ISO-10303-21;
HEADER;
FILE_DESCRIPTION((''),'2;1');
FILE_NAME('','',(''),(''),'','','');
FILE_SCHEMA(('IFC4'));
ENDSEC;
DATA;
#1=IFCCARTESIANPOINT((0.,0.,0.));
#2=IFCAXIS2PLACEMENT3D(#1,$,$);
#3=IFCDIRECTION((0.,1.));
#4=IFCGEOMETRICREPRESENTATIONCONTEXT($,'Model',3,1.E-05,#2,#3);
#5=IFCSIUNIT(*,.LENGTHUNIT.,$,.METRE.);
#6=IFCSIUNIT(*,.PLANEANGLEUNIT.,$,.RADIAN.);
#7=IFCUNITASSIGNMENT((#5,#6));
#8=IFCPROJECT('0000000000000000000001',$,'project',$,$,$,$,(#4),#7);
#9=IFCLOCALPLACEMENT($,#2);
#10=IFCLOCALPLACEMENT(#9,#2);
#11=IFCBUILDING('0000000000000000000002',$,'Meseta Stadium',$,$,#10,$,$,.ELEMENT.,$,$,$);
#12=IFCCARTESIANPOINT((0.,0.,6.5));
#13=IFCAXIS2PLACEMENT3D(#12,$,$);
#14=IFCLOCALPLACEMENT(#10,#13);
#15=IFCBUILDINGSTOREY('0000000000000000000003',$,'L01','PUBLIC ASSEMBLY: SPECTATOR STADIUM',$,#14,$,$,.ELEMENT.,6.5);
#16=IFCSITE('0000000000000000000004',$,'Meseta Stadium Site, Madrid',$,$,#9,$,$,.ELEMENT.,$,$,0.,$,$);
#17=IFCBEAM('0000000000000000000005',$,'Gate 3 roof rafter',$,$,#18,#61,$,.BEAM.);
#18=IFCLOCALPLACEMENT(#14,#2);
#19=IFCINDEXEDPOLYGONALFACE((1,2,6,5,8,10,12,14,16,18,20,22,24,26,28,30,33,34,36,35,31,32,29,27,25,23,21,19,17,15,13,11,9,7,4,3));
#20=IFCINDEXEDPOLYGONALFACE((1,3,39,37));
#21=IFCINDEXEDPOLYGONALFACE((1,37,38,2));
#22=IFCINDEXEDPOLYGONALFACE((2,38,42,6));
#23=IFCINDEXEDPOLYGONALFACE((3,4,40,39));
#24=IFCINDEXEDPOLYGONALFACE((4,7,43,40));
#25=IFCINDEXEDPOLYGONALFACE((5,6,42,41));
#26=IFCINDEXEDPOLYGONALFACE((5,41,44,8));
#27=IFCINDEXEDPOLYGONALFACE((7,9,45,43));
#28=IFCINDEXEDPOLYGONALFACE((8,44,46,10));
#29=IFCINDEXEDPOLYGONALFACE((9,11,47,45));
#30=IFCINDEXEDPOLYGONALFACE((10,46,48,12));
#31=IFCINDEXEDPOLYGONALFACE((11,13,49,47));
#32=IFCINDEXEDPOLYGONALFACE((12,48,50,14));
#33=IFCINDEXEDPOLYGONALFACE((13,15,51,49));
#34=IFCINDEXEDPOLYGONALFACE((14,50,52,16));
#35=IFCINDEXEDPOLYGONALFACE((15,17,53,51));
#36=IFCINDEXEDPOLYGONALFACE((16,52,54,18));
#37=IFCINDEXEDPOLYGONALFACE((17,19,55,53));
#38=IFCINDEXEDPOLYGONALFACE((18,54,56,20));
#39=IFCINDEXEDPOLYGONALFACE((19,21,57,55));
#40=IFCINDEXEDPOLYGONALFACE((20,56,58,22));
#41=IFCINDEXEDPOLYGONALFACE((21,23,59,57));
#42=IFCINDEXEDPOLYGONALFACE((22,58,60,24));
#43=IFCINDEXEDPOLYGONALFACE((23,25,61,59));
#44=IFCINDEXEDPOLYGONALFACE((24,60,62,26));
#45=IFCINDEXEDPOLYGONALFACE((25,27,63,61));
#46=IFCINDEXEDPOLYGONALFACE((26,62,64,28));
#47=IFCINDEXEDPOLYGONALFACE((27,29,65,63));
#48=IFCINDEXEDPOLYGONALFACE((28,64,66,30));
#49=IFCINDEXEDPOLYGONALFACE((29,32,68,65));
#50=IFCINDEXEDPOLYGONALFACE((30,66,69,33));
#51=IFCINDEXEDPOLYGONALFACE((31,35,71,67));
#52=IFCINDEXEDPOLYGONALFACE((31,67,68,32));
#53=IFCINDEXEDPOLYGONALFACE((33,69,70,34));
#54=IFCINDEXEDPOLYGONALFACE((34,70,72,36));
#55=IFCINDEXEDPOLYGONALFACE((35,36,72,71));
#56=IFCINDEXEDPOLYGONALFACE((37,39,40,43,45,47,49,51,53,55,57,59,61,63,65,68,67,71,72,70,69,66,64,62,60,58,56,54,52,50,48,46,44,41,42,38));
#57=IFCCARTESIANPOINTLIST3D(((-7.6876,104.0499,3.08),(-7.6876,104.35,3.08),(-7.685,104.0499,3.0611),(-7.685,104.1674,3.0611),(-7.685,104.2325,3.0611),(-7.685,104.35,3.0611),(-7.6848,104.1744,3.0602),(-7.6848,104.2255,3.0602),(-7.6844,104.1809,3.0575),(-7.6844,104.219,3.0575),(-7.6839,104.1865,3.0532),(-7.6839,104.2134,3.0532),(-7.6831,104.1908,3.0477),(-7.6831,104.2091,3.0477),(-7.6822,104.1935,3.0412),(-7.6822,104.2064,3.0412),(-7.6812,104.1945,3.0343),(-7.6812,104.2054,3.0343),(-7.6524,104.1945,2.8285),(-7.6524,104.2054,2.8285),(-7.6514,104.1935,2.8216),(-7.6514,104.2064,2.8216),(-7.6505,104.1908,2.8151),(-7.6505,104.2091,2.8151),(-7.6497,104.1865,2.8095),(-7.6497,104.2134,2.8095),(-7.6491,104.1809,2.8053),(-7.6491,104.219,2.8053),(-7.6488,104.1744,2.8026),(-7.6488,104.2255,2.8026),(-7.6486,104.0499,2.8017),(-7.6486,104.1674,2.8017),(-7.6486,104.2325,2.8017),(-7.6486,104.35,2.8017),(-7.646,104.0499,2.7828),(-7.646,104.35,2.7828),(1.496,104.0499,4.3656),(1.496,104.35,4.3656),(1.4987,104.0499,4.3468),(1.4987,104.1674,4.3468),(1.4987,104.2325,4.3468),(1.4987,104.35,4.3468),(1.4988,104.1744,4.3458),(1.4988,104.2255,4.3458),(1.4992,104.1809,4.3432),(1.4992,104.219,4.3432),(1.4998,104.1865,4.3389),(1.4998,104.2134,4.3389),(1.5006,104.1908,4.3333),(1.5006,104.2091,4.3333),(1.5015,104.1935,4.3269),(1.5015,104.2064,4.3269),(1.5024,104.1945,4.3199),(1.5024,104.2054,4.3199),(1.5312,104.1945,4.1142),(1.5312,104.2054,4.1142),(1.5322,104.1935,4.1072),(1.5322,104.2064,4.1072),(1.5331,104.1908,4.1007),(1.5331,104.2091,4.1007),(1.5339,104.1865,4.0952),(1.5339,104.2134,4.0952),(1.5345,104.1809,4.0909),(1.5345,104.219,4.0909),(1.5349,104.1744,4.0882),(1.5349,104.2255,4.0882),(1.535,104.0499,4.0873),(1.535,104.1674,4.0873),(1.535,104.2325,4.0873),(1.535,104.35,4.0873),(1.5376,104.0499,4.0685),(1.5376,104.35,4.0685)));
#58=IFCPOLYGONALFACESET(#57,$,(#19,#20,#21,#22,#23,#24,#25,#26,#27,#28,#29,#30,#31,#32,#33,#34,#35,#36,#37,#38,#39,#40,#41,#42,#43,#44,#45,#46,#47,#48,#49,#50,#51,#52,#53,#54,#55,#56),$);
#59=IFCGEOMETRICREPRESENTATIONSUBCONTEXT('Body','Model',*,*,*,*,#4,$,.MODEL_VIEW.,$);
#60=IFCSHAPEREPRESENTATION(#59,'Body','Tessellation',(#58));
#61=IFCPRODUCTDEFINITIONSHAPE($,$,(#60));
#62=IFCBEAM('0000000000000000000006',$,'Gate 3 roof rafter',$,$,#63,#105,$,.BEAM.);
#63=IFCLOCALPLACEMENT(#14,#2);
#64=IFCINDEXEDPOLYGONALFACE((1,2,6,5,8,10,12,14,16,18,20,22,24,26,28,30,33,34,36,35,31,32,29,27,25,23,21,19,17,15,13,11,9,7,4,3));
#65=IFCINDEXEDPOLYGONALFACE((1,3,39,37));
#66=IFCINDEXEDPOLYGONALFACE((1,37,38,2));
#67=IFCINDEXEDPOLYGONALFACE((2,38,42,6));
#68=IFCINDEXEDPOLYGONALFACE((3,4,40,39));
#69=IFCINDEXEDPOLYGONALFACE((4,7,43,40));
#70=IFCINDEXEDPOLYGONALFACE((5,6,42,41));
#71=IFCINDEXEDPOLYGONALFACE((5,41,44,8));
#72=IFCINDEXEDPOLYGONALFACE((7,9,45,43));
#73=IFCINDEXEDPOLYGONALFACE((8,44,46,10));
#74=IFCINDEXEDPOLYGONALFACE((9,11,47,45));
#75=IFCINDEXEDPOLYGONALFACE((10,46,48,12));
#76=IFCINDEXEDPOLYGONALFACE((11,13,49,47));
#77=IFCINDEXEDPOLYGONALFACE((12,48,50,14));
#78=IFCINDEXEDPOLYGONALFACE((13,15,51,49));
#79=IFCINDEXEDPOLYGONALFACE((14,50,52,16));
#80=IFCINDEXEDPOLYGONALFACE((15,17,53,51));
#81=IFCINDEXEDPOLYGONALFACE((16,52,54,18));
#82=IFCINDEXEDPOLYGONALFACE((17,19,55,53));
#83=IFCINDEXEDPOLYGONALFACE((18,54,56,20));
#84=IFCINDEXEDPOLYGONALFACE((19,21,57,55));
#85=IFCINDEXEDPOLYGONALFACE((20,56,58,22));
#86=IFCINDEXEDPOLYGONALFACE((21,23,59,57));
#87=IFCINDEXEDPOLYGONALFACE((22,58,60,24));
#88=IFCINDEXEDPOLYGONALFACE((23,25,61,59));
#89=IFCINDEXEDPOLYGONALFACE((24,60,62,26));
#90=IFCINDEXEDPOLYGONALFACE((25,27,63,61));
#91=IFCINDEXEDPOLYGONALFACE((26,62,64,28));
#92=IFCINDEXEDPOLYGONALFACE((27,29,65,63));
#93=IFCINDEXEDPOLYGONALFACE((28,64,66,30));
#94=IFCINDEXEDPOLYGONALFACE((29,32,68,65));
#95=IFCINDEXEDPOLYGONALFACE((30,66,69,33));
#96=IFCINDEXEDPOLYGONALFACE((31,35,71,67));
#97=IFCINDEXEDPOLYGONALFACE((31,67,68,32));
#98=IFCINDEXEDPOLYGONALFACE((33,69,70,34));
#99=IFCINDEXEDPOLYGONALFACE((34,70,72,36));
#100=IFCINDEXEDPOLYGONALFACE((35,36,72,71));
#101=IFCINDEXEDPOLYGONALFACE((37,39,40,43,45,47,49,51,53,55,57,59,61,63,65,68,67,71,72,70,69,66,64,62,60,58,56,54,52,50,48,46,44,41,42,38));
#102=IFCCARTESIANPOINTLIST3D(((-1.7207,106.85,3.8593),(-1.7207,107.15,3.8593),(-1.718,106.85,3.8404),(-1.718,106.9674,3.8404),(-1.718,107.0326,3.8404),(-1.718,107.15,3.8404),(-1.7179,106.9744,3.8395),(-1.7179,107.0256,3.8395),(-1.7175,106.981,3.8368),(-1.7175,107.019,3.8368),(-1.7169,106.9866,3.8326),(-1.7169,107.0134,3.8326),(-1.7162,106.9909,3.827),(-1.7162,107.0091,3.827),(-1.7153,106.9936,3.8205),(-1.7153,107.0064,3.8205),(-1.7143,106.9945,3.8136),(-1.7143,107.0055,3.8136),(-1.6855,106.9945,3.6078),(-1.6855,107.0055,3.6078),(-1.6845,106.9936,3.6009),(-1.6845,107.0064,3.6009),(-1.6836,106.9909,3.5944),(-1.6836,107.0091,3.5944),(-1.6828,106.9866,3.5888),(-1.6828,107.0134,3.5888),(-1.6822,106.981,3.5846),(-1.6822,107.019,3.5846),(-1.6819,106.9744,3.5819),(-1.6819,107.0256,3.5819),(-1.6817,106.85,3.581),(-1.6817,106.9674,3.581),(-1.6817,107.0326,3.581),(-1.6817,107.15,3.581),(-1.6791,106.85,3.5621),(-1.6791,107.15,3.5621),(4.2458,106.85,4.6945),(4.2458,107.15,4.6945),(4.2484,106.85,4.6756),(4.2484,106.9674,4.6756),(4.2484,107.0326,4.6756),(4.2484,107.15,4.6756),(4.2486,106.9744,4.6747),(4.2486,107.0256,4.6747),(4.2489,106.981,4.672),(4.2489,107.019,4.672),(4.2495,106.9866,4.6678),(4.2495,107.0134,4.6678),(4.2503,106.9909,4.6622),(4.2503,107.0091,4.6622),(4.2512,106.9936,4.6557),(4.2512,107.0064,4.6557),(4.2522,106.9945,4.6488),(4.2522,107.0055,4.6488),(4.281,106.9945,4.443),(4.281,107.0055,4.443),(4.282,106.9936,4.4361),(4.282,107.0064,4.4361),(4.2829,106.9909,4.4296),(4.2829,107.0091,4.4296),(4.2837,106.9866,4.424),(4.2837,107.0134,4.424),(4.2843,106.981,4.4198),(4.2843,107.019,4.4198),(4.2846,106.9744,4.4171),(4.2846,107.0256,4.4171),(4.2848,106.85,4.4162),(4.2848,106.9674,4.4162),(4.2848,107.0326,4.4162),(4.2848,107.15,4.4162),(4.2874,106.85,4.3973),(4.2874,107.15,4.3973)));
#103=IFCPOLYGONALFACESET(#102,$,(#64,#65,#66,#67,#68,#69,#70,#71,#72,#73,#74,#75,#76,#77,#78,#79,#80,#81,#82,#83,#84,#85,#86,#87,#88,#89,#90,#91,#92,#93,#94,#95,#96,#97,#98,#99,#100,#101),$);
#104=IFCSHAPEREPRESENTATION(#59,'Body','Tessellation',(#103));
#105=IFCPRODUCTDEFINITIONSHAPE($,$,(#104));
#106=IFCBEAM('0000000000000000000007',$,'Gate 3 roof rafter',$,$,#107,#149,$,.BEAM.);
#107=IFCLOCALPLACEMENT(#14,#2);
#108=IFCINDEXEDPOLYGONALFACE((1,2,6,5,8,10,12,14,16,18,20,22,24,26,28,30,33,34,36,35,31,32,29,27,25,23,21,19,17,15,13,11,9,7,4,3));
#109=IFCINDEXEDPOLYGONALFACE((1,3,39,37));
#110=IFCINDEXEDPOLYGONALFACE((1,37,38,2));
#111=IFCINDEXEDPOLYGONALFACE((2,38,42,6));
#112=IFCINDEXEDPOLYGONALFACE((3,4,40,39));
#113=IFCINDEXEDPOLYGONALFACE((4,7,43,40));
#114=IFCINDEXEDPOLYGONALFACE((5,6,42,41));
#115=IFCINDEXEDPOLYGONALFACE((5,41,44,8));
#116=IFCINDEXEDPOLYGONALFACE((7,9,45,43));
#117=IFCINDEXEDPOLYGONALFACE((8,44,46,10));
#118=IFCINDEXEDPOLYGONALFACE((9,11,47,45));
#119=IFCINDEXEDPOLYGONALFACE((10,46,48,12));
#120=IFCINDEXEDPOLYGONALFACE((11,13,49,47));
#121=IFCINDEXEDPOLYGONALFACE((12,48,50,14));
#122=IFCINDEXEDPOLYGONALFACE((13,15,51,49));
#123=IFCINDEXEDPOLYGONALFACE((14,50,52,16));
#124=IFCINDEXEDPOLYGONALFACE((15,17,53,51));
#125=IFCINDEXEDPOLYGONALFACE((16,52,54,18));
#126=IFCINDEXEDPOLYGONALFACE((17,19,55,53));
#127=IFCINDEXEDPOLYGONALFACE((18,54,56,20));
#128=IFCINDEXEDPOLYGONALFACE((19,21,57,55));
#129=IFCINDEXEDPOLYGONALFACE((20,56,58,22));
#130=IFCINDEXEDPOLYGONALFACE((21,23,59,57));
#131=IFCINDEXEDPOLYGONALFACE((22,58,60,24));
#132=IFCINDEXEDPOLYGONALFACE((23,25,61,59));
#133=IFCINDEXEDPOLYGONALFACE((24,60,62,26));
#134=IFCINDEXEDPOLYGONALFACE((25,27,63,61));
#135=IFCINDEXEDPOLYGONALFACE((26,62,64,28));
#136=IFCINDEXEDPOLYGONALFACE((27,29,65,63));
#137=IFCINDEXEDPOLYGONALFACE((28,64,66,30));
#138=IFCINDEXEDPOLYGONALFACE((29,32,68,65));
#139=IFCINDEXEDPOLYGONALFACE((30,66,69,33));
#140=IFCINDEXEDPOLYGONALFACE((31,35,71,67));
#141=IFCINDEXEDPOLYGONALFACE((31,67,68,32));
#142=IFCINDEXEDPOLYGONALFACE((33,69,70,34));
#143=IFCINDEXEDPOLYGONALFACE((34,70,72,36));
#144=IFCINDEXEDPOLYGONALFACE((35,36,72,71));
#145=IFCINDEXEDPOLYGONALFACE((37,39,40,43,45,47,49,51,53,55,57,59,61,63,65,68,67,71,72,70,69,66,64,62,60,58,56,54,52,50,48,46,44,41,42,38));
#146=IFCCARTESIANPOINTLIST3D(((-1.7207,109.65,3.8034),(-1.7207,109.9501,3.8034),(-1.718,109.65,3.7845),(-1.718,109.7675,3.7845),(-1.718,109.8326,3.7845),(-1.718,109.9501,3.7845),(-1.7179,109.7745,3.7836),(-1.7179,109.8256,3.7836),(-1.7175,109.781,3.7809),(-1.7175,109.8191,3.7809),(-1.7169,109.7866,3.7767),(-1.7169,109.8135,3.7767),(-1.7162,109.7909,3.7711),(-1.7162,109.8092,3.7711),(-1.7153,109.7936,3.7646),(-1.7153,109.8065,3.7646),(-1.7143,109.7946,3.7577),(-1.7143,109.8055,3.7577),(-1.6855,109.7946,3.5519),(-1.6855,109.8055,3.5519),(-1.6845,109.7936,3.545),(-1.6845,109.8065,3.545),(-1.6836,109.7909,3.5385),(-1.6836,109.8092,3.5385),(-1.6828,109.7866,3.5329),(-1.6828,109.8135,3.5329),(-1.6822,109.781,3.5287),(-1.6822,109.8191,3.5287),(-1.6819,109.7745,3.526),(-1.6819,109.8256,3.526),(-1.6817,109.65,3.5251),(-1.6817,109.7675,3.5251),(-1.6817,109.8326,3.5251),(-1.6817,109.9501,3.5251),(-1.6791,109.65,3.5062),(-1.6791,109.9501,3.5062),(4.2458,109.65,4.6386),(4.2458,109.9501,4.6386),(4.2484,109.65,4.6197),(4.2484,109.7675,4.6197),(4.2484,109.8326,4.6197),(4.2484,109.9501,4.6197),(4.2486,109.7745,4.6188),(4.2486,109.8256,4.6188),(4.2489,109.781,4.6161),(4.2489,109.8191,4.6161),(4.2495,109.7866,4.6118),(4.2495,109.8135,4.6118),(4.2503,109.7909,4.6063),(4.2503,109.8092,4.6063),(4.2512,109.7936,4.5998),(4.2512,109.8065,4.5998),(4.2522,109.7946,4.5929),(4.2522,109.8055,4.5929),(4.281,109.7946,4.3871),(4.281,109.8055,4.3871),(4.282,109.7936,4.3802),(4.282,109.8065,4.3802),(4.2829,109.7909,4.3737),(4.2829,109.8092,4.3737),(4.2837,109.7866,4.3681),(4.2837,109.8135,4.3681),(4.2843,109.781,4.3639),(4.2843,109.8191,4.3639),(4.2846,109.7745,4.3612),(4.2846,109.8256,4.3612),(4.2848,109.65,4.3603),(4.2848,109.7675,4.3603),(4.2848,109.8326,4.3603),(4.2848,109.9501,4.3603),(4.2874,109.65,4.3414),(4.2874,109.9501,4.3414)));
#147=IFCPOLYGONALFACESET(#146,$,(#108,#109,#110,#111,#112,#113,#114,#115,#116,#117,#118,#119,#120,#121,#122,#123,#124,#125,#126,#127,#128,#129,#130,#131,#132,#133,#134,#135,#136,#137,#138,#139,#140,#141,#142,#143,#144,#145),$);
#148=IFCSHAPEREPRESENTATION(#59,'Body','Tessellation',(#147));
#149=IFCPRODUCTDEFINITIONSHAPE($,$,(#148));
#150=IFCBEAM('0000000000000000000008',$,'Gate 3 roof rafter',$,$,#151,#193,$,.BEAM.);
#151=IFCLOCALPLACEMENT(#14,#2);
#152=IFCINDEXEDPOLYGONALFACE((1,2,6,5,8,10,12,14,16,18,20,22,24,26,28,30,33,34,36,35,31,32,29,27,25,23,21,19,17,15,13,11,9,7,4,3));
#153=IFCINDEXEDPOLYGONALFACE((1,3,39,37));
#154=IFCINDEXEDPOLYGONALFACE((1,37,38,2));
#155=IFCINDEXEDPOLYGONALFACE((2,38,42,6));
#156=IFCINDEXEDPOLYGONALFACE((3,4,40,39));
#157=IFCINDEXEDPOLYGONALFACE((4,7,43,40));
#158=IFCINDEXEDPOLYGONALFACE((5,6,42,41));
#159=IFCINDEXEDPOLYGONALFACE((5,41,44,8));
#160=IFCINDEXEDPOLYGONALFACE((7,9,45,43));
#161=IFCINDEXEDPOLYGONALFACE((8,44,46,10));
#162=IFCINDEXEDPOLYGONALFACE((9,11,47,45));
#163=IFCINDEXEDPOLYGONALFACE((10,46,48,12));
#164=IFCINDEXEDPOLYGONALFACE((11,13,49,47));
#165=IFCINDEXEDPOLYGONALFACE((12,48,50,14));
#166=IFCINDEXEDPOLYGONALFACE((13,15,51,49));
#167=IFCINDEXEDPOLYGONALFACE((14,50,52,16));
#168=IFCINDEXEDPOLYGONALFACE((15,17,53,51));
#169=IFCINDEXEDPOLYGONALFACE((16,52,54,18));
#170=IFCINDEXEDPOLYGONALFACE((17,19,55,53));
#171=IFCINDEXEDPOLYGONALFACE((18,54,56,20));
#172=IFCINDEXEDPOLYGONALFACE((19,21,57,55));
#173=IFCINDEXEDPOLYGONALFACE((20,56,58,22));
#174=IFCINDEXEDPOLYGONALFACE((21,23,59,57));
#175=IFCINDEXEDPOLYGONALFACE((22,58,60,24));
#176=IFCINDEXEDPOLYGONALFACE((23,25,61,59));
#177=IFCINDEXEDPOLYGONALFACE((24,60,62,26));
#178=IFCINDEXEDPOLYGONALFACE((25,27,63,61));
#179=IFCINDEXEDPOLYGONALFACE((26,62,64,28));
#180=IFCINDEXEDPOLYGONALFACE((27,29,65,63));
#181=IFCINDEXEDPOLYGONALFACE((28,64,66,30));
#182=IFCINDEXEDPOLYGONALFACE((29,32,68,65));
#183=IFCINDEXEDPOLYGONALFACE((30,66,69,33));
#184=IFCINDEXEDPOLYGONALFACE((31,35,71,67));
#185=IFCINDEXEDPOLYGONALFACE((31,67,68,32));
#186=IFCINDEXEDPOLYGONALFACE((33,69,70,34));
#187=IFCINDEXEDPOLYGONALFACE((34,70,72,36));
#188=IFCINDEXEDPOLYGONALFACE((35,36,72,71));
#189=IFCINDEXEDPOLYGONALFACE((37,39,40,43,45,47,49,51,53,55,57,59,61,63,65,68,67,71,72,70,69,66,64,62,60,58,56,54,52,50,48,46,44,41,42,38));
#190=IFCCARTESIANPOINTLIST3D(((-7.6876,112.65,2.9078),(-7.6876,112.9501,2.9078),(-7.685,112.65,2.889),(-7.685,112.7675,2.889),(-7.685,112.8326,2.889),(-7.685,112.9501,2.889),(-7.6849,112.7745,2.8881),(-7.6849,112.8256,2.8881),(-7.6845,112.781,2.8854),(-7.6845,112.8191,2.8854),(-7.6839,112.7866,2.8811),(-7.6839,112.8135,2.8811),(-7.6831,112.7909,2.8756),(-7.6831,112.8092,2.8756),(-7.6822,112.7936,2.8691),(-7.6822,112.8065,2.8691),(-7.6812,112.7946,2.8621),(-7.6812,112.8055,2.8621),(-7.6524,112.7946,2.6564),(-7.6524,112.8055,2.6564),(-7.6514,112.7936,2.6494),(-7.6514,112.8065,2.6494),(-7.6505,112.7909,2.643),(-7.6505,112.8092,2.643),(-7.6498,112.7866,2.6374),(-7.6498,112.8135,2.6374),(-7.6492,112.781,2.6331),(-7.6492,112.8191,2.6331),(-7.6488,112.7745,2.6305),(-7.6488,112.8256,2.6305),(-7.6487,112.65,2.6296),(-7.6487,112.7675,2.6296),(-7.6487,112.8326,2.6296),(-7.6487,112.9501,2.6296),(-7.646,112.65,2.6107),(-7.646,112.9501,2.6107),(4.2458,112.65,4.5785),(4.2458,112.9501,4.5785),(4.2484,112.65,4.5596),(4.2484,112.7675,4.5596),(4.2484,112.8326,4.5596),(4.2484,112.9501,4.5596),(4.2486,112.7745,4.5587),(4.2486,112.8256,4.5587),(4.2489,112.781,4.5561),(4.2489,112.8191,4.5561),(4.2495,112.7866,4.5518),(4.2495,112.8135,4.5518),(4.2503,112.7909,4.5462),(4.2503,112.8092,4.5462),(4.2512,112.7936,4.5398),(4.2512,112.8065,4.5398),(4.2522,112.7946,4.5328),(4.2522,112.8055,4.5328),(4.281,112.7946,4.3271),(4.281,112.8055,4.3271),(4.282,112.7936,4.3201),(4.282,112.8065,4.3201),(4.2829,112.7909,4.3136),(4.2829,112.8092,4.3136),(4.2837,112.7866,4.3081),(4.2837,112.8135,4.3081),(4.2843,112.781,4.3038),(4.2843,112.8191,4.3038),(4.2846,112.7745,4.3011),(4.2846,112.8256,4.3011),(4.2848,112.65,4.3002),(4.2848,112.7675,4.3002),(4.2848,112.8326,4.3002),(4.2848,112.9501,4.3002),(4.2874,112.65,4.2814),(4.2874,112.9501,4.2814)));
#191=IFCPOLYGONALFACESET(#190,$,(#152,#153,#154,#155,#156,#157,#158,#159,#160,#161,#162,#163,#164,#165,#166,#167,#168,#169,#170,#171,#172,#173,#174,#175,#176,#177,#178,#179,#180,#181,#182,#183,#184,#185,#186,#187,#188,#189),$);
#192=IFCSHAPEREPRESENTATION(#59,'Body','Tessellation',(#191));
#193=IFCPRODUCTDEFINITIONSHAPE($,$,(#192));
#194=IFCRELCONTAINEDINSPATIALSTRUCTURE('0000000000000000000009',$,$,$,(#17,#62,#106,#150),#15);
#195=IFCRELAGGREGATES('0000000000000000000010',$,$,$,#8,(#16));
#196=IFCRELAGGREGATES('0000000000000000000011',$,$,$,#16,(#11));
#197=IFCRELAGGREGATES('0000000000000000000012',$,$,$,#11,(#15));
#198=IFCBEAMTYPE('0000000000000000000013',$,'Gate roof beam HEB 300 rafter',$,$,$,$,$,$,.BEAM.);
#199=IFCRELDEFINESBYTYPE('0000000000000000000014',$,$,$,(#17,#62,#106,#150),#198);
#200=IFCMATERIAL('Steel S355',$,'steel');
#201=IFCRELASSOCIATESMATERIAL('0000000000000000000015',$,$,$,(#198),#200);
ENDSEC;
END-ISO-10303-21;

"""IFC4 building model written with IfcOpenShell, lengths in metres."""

from ifc_helpers import new_model, si_unit, direction, frame, origin, origin_2d, place, context, subcontext, project, spatial, i_section, extrude, material, material_profile, profile_set, type_object, element, save


model = new_model("IFC4")

# Units and contexts
model_context = context("Model", 3, precision=1e-05, world=origin(), true_north=direction((0.0, 1.0)))
body_context = subcontext(model_context, "Body", "Model", "MODEL_VIEW")
ifc_project = project(units=[si_unit("LENGTHUNIT", "METRE"), si_unit("PLANEANGLEUNIT", "RADIAN")], contexts=[model_context])

# Site, building, storey
site_placement = place(None, origin())
site = spatial("IfcSite", under=ifc_project, at=site_placement, Name="Meseta Stadium Site, Madrid", CompositionType="ELEMENT", RefElevation=0.0)
building_placement = place(site_placement, origin())
building = spatial("IfcBuilding", under=site, at=building_placement, Name="Meseta Stadium", CompositionType="ELEMENT")
storey_placement = place(building_placement, frame((0.0, 0.0, 6.5)))
storey = spatial("IfcBuildingStorey", under=building, at=storey_placement, Name="L01", Description="PUBLIC ASSEMBLY: SPECTATOR STADIUM", CompositionType="ELEMENT", Elevation=6.5)

# Beams
ifc_material_1 = material(Name="Steel S355", Category="steel")
ifc_material_profile_1 = material_profile(ifc_material_1, i_section(OverallWidth=0.3, OverallDepth=0.3, WebThickness=0.011, FlangeThickness=0.019, FilletRadius=0.0271, at=origin_2d()), Name="HEB 300")
ifc_profile_set_1 = profile_set([ifc_material_profile_1], Name="Steel S355")
beam_type_1 = type_object("IfcBeamType", Name="Gate roof beam HEB 300 rafter", PredefinedType="BEAM", material=ifc_profile_set_1)
beam_1_placement = place(storey_placement, frame((1.5168, 104.2, 4.217), z_axis=(-0.990343, 0.0, -0.138642), x_axis=(0.0, -1.0, 0.0)))
element("IfcBeam", 1, at=beam_1_placement, inside=storey, type_object=beam_type_1, Name="Gate 3 roof rafter", PredefinedType="BEAM", context=body_context, shape_type="SweptSolid", body=[
    extrude(i_section(OverallWidth=0.3, OverallDepth=0.3, WebThickness=0.011, FlangeThickness=0.019, FilletRadius=0.0271, at=origin_2d()), origin(), (0.0, 0.0, 1.0), 9.2732),
])
for number, where, z_axis, x_axis, name in (
    (2, (4.2666, 107.0, 4.5459), (-0.990344, 0.0, -0.13863), (0.0, -1.0, 0.0), "Gate 3 roof rafter"),
    (3, (4.2666, 109.8, 4.49), (-0.990344, 0.0, -0.13863), (0.0, -1.0, 0.0), "Gate 3 roof rafter"),
):
    element("IfcBeam", number, at=place(storey_placement, frame(where, z_axis=z_axis, x_axis=x_axis)), inside=storey, type_object=beam_type_1, Name=name, PredefinedType="BEAM", context=body_context, shape_type="SweptSolid", body=[
        extrude(i_section(OverallWidth=0.3, OverallDepth=0.3, WebThickness=0.011, FlangeThickness=0.019, FilletRadius=0.0271, at=origin_2d()), origin(), (0.0, 0.0, 1.0), 6.0247),
    ])
beam_2_placement = place(storey_placement, frame((4.2666, 112.8, 4.4299), z_axis=(-0.990342, 0.0, -0.138647), x_axis=(0.0, -1.0, 0.0)))
element("IfcBeam", 4, at=beam_2_placement, inside=storey, type_object=beam_type_1, Name="Gate 3 roof rafter", PredefinedType="BEAM", context=body_context, shape_type="SweptSolid", body=[
    extrude(i_section(OverallWidth=0.3, OverallDepth=0.3, WebThickness=0.011, FlangeThickness=0.019, FilletRadius=0.0271, at=origin_2d()), origin(), (0.0, 0.0, 1.0), 12.0498),
])

save(model, "model.ifc")
